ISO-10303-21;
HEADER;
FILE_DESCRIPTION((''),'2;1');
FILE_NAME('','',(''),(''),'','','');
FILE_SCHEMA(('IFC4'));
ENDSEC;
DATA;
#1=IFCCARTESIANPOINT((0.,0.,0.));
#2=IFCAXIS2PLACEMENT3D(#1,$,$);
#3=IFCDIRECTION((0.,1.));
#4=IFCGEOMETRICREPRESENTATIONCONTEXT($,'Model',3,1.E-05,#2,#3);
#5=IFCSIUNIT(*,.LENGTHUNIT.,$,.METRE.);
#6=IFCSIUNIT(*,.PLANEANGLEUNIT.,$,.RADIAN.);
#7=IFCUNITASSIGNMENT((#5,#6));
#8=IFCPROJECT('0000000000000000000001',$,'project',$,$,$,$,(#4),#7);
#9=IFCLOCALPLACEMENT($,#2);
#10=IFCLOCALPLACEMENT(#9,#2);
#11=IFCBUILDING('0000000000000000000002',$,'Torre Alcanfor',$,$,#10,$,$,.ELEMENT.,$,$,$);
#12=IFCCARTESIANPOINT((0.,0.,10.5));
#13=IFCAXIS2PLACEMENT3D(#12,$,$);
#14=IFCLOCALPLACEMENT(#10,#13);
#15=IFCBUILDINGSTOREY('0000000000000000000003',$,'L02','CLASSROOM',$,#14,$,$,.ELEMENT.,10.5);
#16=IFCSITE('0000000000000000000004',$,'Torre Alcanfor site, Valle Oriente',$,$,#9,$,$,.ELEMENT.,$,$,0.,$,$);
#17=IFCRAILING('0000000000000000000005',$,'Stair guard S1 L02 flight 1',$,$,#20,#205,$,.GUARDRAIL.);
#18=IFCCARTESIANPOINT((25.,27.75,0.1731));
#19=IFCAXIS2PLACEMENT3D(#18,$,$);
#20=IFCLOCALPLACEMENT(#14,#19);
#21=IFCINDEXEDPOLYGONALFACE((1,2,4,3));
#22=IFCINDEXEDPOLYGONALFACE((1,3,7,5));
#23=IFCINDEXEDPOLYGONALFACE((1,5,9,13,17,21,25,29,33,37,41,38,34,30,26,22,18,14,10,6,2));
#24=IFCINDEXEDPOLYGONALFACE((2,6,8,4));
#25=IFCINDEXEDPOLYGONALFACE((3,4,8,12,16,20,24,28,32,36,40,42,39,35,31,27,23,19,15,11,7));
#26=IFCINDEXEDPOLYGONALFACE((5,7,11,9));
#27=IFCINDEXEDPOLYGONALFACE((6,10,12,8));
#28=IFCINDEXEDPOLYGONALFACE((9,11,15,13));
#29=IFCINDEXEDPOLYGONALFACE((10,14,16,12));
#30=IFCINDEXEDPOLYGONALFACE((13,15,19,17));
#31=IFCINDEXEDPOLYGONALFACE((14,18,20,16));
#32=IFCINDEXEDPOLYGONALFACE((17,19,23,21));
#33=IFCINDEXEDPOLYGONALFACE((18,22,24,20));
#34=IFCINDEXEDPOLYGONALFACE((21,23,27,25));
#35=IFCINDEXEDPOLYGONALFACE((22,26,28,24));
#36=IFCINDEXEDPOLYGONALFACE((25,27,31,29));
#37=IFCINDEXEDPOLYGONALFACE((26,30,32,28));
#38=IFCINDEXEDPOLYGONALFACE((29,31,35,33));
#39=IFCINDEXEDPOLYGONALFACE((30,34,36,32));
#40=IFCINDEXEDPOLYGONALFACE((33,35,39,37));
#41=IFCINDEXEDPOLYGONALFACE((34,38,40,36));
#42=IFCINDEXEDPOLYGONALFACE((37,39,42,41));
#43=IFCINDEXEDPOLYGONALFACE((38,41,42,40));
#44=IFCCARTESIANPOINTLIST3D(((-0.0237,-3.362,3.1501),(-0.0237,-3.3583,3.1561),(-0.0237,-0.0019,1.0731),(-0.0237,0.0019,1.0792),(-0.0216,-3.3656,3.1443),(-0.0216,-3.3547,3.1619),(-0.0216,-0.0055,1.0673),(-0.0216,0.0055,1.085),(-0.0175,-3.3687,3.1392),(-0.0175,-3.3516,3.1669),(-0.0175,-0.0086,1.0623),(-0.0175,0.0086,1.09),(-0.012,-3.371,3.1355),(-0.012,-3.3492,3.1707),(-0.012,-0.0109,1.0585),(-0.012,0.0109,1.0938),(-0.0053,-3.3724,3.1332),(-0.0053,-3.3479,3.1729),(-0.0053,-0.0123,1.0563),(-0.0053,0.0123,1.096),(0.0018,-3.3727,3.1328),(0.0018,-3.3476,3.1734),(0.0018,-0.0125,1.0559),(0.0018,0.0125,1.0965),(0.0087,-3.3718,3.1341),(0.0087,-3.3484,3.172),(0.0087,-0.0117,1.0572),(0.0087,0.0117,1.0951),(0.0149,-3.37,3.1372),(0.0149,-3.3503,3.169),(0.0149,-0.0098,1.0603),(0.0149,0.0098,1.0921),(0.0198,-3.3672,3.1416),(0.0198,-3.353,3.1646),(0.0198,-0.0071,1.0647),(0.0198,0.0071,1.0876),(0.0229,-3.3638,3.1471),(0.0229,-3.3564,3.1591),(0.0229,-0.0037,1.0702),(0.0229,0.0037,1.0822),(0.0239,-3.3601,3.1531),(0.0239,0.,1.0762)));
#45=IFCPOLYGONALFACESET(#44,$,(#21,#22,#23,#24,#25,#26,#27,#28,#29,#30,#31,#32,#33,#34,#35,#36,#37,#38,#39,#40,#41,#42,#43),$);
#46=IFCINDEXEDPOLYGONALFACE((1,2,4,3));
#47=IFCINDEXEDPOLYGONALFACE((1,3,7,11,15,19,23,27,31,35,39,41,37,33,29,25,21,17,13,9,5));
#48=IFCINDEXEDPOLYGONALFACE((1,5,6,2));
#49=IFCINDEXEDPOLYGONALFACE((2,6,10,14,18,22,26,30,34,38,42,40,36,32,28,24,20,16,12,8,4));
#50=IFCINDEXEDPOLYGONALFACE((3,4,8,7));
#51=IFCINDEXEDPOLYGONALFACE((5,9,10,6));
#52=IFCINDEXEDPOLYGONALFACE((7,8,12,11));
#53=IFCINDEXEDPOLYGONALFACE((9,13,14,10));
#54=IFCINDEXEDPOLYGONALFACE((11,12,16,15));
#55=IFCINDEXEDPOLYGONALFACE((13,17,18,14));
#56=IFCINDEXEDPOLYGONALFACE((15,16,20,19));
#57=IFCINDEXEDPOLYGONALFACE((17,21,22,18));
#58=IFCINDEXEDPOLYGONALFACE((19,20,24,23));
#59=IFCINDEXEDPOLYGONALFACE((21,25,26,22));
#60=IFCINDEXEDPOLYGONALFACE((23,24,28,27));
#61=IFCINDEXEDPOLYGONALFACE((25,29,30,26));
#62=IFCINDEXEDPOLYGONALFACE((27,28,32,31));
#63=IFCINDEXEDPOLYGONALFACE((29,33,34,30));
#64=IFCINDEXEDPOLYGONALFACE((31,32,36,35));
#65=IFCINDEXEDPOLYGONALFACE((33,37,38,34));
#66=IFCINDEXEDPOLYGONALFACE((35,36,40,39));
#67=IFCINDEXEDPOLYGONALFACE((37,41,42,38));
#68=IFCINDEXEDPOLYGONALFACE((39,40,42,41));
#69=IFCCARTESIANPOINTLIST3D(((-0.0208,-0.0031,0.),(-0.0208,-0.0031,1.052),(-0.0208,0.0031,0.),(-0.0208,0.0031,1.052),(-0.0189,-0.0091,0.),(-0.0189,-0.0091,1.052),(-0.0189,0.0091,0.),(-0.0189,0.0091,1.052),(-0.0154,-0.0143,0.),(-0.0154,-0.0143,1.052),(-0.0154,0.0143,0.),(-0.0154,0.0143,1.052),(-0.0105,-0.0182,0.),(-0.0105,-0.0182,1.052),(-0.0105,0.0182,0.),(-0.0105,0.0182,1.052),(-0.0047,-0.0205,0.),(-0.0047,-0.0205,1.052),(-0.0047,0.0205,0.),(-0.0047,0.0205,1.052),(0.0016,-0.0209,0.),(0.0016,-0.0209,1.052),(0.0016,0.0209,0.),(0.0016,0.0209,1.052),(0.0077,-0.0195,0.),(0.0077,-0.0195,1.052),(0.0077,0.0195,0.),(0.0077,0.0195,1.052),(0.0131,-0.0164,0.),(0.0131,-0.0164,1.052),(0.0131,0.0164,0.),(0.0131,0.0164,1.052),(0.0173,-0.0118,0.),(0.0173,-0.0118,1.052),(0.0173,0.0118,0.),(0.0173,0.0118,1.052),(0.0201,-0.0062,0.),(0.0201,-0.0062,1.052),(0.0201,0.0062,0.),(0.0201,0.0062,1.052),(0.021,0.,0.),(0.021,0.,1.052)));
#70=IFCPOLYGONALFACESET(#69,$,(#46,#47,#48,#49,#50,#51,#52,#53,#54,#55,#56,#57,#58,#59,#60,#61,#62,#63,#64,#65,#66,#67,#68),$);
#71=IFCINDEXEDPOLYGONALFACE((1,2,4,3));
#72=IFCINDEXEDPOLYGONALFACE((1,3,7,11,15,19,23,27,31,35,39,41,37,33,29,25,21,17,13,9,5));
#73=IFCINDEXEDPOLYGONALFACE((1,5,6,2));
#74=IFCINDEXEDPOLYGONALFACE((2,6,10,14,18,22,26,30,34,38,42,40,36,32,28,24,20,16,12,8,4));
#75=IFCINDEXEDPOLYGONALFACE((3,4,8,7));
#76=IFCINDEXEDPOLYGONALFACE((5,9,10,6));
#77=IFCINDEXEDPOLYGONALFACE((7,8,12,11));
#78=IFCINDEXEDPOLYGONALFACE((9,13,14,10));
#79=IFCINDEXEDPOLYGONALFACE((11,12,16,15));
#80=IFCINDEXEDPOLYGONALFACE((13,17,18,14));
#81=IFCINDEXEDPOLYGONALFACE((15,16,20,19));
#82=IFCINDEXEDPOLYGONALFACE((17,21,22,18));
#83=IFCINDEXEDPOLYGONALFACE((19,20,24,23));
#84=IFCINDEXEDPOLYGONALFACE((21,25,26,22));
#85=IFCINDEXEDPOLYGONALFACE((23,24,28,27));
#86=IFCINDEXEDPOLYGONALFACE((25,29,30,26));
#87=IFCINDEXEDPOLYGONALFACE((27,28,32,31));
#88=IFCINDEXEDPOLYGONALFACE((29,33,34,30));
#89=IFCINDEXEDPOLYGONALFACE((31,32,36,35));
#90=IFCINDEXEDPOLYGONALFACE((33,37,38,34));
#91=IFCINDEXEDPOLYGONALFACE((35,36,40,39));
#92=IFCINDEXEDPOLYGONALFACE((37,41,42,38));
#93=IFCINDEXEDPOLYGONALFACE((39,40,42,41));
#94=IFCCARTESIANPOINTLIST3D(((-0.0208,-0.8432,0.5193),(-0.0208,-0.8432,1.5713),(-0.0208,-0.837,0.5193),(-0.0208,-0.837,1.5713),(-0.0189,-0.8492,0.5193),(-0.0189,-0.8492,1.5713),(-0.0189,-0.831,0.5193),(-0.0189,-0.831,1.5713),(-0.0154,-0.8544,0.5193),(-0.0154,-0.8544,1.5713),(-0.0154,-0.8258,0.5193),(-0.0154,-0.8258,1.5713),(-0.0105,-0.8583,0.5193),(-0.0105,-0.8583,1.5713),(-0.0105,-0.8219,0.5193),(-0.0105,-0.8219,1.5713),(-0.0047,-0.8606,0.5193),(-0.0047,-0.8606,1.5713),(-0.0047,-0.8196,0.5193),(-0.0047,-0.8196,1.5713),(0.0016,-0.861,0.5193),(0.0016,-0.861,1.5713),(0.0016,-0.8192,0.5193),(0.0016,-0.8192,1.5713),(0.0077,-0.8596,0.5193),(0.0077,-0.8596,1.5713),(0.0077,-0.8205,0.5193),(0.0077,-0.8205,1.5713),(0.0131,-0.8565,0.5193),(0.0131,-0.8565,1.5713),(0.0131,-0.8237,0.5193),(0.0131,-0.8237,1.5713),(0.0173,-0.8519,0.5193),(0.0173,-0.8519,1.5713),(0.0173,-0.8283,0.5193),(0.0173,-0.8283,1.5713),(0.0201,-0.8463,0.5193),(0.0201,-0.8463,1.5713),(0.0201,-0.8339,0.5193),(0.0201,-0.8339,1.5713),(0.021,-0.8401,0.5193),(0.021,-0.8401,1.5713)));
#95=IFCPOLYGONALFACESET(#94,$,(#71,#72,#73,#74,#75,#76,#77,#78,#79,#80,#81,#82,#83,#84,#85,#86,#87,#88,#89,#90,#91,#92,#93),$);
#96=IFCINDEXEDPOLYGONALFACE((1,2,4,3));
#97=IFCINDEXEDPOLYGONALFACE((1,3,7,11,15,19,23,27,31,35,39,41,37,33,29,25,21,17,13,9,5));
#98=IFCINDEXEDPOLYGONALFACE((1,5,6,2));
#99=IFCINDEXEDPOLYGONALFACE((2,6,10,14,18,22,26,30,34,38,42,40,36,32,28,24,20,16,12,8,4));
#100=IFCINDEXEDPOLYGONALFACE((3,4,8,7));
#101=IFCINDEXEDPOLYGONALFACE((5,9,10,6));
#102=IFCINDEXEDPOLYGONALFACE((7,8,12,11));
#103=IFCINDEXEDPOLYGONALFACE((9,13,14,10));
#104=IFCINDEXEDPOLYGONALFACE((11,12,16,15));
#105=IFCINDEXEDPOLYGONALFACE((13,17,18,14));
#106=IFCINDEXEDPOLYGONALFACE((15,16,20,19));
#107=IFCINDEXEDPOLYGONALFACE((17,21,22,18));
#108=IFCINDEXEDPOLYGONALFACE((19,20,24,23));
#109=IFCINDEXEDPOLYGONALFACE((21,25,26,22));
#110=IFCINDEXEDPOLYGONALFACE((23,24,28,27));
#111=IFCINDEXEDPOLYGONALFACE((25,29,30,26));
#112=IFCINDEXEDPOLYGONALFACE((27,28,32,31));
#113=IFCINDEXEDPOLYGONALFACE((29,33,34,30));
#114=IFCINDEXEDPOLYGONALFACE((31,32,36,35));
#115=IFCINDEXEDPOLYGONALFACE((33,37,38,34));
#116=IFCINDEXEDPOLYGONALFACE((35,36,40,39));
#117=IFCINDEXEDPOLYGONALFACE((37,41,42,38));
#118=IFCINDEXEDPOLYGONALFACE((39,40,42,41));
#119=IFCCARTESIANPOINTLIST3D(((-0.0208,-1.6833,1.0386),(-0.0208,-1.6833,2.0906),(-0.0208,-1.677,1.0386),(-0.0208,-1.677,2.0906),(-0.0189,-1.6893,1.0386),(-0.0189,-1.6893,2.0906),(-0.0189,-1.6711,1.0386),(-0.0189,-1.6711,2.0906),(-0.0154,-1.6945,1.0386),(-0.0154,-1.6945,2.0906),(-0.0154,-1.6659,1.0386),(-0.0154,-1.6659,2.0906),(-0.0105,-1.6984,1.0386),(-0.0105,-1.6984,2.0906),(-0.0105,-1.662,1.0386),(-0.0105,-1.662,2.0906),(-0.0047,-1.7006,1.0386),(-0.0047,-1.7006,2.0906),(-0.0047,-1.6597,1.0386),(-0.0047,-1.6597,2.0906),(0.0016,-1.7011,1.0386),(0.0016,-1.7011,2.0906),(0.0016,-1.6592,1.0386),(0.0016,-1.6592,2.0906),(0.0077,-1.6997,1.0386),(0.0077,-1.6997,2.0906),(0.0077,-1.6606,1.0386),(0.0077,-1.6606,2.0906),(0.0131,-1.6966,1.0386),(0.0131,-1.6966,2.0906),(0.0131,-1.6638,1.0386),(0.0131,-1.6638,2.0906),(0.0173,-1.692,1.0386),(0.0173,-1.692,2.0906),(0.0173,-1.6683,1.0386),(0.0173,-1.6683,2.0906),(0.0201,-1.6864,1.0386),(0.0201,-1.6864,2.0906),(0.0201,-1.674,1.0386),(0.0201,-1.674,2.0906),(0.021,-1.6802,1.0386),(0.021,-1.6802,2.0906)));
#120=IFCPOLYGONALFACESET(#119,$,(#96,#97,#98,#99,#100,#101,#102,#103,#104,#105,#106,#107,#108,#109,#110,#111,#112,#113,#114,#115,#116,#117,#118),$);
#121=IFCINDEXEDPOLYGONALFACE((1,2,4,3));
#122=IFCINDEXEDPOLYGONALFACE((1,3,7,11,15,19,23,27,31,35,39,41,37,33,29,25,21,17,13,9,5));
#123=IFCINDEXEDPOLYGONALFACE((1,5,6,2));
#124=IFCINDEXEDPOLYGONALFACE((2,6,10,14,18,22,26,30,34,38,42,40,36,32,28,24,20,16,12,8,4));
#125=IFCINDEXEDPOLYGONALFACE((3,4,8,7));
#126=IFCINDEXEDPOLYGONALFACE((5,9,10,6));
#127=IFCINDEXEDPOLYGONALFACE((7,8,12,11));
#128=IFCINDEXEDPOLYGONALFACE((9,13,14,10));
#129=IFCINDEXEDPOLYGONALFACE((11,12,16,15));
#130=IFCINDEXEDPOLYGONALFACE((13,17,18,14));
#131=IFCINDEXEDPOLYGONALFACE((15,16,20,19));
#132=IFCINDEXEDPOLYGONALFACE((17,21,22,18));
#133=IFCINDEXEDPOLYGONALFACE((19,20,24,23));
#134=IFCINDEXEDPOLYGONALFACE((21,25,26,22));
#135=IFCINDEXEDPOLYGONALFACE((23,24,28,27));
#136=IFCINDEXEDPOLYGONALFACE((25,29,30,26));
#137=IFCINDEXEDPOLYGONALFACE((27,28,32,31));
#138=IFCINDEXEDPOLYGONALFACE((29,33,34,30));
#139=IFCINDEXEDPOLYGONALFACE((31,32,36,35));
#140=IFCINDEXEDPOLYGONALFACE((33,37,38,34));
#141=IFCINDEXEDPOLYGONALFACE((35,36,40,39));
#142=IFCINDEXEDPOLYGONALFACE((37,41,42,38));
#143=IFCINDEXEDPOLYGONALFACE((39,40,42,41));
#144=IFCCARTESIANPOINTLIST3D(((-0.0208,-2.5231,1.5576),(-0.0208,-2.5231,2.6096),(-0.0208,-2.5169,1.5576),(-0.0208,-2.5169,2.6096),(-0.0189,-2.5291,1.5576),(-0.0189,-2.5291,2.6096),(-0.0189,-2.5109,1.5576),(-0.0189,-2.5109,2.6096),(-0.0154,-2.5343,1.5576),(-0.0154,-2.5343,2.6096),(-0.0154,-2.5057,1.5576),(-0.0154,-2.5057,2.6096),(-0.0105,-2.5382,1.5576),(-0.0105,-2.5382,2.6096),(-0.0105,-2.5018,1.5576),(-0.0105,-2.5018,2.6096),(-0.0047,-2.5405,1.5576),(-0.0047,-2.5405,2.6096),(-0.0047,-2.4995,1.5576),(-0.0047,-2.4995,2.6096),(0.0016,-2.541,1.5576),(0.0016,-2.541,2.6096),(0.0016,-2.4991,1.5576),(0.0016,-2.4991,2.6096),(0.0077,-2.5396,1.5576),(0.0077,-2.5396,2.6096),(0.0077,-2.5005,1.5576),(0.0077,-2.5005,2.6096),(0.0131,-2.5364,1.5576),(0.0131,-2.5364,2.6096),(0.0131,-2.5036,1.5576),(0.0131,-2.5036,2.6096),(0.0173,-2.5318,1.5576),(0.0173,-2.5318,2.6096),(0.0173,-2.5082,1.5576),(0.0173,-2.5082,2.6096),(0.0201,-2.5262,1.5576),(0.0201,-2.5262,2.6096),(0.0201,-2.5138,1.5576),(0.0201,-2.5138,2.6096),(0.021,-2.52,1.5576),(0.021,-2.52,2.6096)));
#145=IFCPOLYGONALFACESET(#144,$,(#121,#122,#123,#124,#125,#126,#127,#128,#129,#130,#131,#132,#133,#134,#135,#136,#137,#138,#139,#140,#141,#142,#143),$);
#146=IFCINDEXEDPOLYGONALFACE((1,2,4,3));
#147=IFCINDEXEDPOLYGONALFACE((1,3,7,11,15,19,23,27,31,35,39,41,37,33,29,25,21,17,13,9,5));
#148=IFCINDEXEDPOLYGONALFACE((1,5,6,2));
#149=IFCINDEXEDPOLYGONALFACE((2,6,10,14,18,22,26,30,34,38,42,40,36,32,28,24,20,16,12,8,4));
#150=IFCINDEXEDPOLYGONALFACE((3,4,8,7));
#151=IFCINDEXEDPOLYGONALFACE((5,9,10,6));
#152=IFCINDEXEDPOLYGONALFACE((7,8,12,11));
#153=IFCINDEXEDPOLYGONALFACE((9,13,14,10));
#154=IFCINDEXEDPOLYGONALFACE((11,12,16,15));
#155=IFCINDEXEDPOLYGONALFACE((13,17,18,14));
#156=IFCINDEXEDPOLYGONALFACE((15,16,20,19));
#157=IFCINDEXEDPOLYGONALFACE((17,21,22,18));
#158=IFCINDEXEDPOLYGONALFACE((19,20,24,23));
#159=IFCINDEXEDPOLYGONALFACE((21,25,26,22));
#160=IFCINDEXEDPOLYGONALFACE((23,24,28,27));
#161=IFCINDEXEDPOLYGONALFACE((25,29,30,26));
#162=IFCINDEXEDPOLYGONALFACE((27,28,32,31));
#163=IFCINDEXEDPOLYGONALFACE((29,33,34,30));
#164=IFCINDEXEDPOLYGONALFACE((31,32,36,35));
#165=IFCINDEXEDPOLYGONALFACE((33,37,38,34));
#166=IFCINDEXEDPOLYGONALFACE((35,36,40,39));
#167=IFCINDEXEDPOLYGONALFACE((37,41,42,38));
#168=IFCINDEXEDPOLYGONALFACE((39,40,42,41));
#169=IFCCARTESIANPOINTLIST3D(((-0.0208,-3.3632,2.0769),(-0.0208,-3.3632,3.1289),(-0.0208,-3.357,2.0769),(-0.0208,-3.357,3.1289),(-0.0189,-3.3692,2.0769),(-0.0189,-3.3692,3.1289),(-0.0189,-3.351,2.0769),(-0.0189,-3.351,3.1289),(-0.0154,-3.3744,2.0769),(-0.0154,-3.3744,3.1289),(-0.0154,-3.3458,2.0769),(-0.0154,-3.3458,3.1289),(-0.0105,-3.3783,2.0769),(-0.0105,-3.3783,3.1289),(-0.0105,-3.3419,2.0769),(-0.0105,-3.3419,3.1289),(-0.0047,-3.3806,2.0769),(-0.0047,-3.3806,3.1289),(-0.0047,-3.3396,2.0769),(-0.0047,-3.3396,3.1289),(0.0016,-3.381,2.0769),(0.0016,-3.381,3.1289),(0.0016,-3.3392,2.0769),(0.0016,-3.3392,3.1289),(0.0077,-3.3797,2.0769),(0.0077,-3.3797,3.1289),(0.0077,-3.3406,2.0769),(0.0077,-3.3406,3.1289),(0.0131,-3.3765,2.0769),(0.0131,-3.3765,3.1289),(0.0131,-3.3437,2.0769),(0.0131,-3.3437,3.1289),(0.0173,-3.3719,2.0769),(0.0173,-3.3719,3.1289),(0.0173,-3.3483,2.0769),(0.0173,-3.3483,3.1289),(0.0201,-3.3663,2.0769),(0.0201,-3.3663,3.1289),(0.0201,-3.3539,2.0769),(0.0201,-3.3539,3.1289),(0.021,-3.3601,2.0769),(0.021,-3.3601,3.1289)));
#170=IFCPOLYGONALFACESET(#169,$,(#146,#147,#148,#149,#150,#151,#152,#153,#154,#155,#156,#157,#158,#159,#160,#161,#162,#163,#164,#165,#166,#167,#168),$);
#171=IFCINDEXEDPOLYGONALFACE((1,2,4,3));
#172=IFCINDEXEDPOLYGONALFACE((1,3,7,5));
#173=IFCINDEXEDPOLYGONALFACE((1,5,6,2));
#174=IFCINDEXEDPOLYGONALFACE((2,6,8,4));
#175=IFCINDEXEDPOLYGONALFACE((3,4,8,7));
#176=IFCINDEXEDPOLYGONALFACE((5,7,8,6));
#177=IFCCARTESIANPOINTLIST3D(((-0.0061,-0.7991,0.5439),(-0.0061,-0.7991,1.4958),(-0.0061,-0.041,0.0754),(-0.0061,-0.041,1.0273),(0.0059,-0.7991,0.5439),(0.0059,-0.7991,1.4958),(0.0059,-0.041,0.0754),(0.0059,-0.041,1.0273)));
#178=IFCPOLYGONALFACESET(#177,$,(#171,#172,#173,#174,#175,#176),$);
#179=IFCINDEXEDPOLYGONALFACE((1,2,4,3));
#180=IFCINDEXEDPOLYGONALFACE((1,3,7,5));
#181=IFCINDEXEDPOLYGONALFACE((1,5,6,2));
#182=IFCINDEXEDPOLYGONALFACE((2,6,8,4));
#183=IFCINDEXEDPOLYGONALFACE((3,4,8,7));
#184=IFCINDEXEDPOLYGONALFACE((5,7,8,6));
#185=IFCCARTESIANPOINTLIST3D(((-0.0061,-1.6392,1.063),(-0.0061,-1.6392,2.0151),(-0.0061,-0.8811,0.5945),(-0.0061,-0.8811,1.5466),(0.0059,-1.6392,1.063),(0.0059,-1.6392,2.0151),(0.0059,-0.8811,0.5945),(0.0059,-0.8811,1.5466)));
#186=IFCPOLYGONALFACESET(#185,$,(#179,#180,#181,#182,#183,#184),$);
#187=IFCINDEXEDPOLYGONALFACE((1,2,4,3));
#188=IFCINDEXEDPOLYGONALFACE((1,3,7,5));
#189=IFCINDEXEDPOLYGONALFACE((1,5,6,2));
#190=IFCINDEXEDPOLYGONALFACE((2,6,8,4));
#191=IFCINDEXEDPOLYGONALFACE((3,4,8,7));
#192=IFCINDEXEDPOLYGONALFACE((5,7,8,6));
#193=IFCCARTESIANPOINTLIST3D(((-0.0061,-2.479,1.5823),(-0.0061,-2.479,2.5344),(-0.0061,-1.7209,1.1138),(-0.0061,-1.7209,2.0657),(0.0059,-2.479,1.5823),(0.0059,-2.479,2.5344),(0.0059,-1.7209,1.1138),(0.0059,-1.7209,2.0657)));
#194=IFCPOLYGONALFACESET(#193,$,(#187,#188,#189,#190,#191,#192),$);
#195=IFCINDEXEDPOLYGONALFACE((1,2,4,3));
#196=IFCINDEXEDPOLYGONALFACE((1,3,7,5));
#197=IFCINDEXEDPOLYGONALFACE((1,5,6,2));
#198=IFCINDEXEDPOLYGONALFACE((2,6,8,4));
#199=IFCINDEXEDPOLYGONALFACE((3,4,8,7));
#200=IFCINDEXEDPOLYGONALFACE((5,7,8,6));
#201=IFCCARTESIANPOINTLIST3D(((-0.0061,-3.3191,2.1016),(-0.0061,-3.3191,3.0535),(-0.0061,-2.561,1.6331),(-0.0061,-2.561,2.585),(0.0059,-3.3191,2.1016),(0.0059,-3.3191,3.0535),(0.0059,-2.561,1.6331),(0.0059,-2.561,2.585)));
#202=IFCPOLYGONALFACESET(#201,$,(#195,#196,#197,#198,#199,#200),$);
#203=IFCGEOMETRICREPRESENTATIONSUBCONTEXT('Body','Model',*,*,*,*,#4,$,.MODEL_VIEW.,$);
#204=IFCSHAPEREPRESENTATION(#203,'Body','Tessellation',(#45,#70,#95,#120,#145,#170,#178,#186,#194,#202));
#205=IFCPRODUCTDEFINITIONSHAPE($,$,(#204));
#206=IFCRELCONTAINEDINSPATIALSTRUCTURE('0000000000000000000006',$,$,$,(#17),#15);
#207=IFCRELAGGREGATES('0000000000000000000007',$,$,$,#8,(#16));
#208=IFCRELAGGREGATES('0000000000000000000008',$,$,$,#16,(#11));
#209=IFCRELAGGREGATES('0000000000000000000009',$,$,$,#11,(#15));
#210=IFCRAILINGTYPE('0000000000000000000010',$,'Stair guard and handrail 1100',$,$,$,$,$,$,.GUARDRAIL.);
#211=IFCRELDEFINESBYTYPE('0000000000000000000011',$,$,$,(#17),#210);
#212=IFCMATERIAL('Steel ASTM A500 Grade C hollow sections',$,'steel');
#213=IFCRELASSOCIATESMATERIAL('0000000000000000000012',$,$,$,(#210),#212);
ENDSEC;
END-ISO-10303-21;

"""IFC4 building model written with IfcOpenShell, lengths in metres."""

from ifc_helpers import new_model, si_unit, direction, frame, origin, origin_2d, place, context, subcontext, project, spatial, polyline, circle, outline, extrude, material, type_object, element, save


model = new_model("IFC4")

# Units and contexts
model_context = context("Model", 3, precision=1e-05, world=origin(), true_north=direction((0.0, 1.0)))
body_context = subcontext(model_context, "Body", "Model", "MODEL_VIEW")
ifc_project = project(units=[si_unit("LENGTHUNIT", "METRE"), si_unit("PLANEANGLEUNIT", "RADIAN")], contexts=[model_context])

# Site, building, storey
site_placement = place(None, origin())
site = spatial("IfcSite", under=ifc_project, at=site_placement, Name="Torre Alcanfor site, Valle Oriente", CompositionType="ELEMENT", RefElevation=0.0)
building_placement = place(site_placement, origin())
building = spatial("IfcBuilding", under=site, at=building_placement, Name="Torre Alcanfor", CompositionType="ELEMENT")
storey_placement = place(building_placement, frame((0.0, 0.0, 10.5)))
storey = spatial("IfcBuildingStorey", under=building, at=storey_placement, Name="L02", Description="CLASSROOM", CompositionType="ELEMENT", Elevation=10.5)

# Railing
ifc_material_1 = material(Name="Steel ASTM A500 Grade C hollow sections", Category="steel")
railing_type_1 = type_object("IfcRailingType", Name="Stair guard and handrail 1100", PredefinedType="GUARDRAIL", material=ifc_material_1)
railing_1_placement = place(storey_placement, frame((25.0, 27.75, 0.1731)))
element("IfcRailing", 1, at=railing_1_placement, inside=storey, type_object=railing_type_1, Name="Stair guard S1 L02 flight 1", PredefinedType="GUARDRAIL", context=body_context, shape_type="SweptSolid", body=[
    extrude(circle(Radius=0.0239, at=origin_2d()), frame((0.0, 0.0, 1.0762), z_axis=(0.0, -0.850623, 0.525776), x_axis=(1.0, 0.0, 0.0)), (0.0, 0.0, 1.0), 3.9502),
    extrude(circle(Radius=0.021, at=origin_2d()), origin(), (0.0, 0.0, 1.0), 1.052),
    extrude(circle(Radius=0.021, at=origin_2d()), frame((0.0, -0.8401, 0.5193)), (0.0, 0.0, 1.0), 1.052),
    extrude(circle(Radius=0.021, at=origin_2d()), frame((0.0, -1.6802, 1.0386)), (0.0, 0.0, 1.0), 1.052),
    extrude(circle(Radius=0.021, at=origin_2d()), frame((0.0, -2.52, 1.5576)), (0.0, 0.0, 1.0), 1.052),
    extrude(circle(Radius=0.021, at=origin_2d()), frame((0.0, -3.3601, 2.0769)), (0.0, 0.0, 1.0), 1.052),
    extrude(outline(polyline([(0.041, 0.0754), (0.7991, 0.5439), (0.7991, 1.4958), (0.041, 1.0273), (0.041, 0.0754)])), frame((0.0059, 0.0, 0.0), z_axis=(-1.0, 0.0, 0.0), x_axis=(0.0, -1.0, 0.0)), (0.0, 0.0, 1.0), 0.012),
    extrude(outline(polyline([(0.8811, 0.5945), (1.6392, 1.063), (1.6392, 2.0151), (0.8811, 1.5466), (0.8811, 0.5945)])), frame((0.0059, 0.0, 0.0), z_axis=(-1.0, 0.0, 0.0), x_axis=(0.0, -1.0, 0.0)), (0.0, 0.0, 1.0), 0.012),
    extrude(outline(polyline([(1.7209, 1.1138), (2.479, 1.5823), (2.479, 2.5344), (1.7209, 2.0657), (1.7209, 1.1138)])), frame((0.0059, 0.0, 0.0), z_axis=(-1.0, 0.0, 0.0), x_axis=(0.0, -1.0, 0.0)), (0.0, 0.0, 1.0), 0.012),
    extrude(outline(polyline([(2.561, 1.6331), (3.3191, 2.1016), (3.3191, 3.0535), (2.561, 2.585), (2.561, 1.6331)])), frame((0.0059, 0.0, 0.0), z_axis=(-1.0, 0.0, 0.0), x_axis=(0.0, -1.0, 0.0)), (0.0, 0.0, 1.0), 0.012),
])

save(model, "model.ifc")
